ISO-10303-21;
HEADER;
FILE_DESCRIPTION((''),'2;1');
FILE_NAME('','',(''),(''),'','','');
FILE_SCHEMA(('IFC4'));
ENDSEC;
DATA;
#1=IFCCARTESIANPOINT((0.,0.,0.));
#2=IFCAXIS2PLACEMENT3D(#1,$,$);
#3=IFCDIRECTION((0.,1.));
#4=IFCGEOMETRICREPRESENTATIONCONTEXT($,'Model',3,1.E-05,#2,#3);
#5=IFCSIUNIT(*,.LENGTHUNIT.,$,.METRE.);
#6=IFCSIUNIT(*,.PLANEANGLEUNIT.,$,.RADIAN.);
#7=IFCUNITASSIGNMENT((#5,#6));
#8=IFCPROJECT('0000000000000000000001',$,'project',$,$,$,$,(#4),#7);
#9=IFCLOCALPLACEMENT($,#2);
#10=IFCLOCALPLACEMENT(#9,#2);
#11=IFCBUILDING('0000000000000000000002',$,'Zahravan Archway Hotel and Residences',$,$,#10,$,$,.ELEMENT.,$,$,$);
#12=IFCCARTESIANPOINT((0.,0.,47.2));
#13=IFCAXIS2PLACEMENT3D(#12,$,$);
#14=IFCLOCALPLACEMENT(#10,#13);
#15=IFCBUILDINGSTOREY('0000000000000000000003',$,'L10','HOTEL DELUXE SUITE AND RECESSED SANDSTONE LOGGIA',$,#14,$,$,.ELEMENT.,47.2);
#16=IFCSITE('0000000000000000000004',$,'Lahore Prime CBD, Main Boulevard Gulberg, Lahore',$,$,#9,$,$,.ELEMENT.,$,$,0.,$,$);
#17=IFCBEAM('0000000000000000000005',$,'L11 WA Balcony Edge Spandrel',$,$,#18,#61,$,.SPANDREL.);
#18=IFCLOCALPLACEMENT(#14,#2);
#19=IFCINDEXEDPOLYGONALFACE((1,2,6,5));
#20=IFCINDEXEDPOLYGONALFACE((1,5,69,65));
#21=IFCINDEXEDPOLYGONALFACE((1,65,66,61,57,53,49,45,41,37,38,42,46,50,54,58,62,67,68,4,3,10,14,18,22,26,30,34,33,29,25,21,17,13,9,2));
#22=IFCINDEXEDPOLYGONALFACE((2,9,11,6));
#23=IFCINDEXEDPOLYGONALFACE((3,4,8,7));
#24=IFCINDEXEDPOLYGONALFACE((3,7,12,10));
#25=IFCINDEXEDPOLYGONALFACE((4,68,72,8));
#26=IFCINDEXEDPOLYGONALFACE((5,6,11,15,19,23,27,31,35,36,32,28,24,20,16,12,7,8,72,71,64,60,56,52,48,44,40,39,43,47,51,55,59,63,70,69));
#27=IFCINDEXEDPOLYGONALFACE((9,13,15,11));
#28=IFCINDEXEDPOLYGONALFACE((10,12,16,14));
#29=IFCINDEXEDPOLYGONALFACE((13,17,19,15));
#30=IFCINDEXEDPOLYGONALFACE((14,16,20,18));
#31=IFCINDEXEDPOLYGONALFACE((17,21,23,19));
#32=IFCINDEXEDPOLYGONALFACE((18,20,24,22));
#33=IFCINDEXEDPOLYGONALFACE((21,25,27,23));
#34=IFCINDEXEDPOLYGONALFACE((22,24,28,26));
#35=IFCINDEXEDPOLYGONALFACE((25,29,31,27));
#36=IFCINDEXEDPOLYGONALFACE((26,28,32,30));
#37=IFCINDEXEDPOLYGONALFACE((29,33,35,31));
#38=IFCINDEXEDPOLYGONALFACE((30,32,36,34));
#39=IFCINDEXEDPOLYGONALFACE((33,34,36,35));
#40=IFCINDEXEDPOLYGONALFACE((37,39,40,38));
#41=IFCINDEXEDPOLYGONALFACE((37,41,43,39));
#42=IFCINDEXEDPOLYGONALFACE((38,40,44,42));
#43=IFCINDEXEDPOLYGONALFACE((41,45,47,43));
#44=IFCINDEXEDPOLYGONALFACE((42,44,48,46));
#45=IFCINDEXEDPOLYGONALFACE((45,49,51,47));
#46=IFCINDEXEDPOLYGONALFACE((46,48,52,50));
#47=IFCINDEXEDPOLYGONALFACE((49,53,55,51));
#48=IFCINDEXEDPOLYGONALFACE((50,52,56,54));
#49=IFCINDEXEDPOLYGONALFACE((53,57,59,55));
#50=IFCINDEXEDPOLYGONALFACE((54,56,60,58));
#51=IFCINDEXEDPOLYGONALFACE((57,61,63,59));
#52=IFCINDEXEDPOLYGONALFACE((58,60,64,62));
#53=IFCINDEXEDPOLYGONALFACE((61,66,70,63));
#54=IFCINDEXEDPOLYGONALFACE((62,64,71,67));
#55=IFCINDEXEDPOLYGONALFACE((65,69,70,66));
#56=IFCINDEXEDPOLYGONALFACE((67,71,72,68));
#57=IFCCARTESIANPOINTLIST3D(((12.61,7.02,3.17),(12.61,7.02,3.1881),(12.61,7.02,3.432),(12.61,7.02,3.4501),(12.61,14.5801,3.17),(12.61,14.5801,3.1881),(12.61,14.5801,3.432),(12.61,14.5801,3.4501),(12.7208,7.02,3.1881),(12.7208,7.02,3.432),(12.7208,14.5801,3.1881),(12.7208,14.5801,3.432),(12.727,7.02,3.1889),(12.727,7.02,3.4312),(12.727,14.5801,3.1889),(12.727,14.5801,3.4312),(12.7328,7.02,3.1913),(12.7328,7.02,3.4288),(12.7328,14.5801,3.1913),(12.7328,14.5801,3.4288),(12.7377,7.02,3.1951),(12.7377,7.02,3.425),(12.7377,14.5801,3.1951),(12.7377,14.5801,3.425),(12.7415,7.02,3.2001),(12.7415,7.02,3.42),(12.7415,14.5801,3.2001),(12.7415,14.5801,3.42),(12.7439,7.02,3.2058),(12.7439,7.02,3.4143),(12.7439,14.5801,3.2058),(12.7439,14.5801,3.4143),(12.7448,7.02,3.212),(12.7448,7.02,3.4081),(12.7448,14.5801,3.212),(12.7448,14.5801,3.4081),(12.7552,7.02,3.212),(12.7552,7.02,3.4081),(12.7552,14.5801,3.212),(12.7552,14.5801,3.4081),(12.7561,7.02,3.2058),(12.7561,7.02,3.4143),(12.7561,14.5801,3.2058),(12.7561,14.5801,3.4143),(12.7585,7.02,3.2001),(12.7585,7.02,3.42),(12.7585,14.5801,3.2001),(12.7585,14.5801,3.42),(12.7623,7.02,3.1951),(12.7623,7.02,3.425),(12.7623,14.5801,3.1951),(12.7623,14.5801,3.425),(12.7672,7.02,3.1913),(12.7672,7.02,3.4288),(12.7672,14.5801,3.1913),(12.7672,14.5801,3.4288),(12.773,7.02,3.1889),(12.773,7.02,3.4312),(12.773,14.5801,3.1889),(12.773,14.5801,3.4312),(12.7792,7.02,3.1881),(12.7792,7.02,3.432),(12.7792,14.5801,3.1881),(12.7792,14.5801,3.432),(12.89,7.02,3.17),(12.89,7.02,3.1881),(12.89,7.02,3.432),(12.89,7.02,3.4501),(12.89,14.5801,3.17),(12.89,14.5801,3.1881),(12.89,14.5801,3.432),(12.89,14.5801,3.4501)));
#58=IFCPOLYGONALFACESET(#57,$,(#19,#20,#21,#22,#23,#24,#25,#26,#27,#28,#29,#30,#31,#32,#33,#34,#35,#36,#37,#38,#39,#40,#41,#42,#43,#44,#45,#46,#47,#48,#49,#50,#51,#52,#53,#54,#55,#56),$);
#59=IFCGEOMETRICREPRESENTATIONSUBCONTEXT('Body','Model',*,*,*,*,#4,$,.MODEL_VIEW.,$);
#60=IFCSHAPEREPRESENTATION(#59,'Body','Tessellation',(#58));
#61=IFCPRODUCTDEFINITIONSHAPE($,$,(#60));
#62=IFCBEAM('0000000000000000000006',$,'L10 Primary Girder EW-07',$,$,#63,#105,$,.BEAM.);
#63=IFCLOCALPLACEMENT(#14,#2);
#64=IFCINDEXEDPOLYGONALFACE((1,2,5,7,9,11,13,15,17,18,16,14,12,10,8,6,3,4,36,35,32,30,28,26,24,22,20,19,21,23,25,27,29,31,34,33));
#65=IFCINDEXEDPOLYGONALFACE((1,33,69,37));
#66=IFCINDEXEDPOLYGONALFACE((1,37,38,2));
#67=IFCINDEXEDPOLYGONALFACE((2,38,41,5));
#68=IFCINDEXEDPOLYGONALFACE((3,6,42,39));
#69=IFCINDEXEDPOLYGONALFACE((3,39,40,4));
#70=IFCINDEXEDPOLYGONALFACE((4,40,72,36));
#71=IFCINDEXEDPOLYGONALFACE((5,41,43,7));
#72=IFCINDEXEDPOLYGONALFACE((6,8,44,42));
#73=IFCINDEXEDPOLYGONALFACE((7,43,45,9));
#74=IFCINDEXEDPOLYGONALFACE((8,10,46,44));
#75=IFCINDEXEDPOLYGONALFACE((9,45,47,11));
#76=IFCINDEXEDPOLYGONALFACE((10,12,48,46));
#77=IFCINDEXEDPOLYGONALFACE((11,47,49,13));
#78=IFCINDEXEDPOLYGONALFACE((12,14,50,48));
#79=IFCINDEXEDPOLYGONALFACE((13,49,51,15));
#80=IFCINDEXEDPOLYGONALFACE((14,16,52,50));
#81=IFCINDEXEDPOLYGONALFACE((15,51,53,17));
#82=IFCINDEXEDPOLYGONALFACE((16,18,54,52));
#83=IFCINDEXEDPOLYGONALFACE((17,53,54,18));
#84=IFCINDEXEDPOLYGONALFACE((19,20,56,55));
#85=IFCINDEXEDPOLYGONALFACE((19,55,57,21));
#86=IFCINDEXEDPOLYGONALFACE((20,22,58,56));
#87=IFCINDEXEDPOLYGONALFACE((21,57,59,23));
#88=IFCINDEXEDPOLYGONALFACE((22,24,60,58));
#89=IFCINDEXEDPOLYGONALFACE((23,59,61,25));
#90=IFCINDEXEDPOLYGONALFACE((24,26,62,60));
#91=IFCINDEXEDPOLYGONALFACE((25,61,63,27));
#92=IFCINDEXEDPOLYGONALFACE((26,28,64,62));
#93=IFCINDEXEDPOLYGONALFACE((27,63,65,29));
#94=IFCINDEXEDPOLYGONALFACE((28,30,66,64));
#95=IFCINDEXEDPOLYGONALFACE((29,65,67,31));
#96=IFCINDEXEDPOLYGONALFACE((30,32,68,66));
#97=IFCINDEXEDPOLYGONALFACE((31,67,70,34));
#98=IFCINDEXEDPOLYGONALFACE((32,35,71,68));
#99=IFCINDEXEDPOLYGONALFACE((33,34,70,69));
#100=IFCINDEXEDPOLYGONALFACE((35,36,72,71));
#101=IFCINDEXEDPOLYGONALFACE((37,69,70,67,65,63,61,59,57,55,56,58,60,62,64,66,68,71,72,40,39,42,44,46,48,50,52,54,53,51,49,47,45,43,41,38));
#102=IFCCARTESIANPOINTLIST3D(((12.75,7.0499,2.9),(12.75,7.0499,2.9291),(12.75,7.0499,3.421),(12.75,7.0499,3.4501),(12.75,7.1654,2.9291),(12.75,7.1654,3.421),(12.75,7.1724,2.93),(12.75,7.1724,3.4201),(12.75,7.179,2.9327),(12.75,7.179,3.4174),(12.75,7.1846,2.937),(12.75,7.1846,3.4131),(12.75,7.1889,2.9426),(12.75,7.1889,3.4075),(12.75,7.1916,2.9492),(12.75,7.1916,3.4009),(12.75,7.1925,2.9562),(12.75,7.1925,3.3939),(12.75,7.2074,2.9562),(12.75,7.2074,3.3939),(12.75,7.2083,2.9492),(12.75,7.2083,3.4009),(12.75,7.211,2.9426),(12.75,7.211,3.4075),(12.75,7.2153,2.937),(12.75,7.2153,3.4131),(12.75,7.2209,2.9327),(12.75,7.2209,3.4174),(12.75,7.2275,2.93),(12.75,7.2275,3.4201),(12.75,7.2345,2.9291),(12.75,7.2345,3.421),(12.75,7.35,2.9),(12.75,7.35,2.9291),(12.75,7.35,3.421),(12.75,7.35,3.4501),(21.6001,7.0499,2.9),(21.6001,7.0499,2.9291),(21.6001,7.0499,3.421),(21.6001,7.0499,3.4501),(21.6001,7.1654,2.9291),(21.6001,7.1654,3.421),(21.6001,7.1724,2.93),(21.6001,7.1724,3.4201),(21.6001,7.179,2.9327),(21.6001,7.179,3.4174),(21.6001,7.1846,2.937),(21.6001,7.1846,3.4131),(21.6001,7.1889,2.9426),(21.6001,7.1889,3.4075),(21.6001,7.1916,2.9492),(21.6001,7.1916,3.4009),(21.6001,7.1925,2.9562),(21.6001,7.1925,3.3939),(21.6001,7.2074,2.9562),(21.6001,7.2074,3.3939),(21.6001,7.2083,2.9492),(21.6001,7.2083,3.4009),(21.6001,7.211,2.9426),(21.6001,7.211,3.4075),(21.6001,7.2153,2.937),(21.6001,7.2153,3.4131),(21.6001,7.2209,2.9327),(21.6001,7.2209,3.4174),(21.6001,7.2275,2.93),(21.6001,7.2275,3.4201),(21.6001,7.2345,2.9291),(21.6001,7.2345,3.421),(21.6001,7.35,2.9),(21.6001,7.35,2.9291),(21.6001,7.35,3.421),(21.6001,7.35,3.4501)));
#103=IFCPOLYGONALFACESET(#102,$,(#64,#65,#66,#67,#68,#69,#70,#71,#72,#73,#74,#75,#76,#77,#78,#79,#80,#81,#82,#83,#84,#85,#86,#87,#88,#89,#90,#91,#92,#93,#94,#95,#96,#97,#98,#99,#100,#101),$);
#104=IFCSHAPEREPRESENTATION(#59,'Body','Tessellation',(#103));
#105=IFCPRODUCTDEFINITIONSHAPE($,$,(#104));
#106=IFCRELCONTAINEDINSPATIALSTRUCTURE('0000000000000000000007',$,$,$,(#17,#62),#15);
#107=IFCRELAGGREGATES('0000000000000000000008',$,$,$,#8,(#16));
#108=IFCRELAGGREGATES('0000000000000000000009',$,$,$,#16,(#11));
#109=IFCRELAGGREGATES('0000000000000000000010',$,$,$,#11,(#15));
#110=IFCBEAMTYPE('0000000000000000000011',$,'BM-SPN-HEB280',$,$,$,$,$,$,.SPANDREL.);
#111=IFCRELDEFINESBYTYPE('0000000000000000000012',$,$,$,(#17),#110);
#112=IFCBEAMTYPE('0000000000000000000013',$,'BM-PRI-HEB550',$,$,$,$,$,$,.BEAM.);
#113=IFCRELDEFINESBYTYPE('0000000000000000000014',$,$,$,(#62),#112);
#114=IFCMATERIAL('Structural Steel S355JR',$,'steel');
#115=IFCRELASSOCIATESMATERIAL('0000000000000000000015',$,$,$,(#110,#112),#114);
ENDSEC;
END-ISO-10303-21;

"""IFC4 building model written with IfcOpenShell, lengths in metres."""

from ifc_helpers import new_model, si_unit, direction, frame, origin, origin_2d, place, context, subcontext, project, spatial, i_section, extrude, source, transform, mapped, material, material_profile, profile_set, type_object, type_shapes, element, save


model = new_model("IFC4")

# Units and contexts
model_context = context("Model", 3, precision=1e-05, world=origin(), true_north=direction((0.0, 1.0)))
body_context = subcontext(model_context, "Body", "Model", "MODEL_VIEW")
ifc_project = project(units=[si_unit("LENGTHUNIT", "METRE"), si_unit("PLANEANGLEUNIT", "RADIAN")], contexts=[model_context])

# Site, building, storey
site_placement = place(None, origin())
site = spatial("IfcSite", under=ifc_project, at=site_placement, Name="Lahore Prime CBD, Main Boulevard Gulberg, Lahore", CompositionType="ELEMENT", RefElevation=0.0)
building_placement = place(site_placement, origin())
building = spatial("IfcBuilding", under=site, at=building_placement, Name="Zahravan Archway Hotel and Residences", CompositionType="ELEMENT")
storey_placement = place(building_placement, frame((0.0, 0.0, 47.2)))
storey = spatial("IfcBuildingStorey", under=building, at=storey_placement, Name="L10", Description="HOTEL DELUXE SUITE AND RECESSED SANDSTONE LOGGIA", CompositionType="ELEMENT", Elevation=47.2)

# Beams
ifc_material_1 = material(Name="Structural Steel S355JR", Category="steel")
ifc_material_profile_1 = material_profile(ifc_material_1, i_section(OverallWidth=0.28, OverallDepth=0.28, WebThickness=0.0105, FlangeThickness=0.0181, FilletRadius=0.0239, at=origin_2d()), Name="HEB 280", Category="steel")
ifc_profile_set_1 = profile_set([ifc_material_profile_1], Name="Structural Steel S355JR")
beam_type_1 = type_object("IfcBeamType", Name="BM-SPN-HEB280", PredefinedType="SPANDREL", material=ifc_profile_set_1)
shared_shape_1 = source(origin(), body_context, "Body", "SweptSolid", [
    extrude(i_section(OverallWidth=0.28, OverallDepth=0.28, WebThickness=0.0105, FlangeThickness=0.0181, FilletRadius=0.0239, at=origin_2d()), origin(), (0.0, 0.0, 1.0), 7.5601),
])
type_shapes(beam_type_1, [shared_shape_1])
beam_1_placement = place(storey_placement, frame((12.75, 7.02, 3.3101), z_axis=(0.0, 1.0, 0.0), x_axis=(-1.0, 0.0, 0.0)))
element("IfcBeam", 1, at=beam_1_placement, inside=storey, type_object=beam_type_1, Name="L11 WA Balcony Edge Spandrel", PredefinedType="SPANDREL", context=body_context, shape_type="MappedRepresentation", body=[
    mapped(shared_shape_1, transform((0.0, 0.0, 0.0), scale=1.0)),
])
ifc_material_profile_2 = material_profile(ifc_material_1, i_section(OverallWidth=0.3, OverallDepth=0.55, WebThickness=0.0149, FlangeThickness=0.0291, FilletRadius=0.0271, at=origin_2d()), Name="HEB 550", Category="steel")
ifc_profile_set_2 = profile_set([ifc_material_profile_2], Name="Structural Steel S355JR")
beam_type_2 = type_object("IfcBeamType", Name="BM-PRI-HEB550", PredefinedType="BEAM", material=ifc_profile_set_2)
shared_shape_2 = source(origin(), body_context, "Body", "SweptSolid", [
    extrude(i_section(OverallWidth=0.3, OverallDepth=0.55, WebThickness=0.0149, FlangeThickness=0.0291, FilletRadius=0.0271, at=origin_2d()), origin(), (0.0, 0.0, 1.0), 8.8501),
])
beam_2_placement = place(storey_placement, frame((12.75, 7.2, 3.175), z_axis=(1.0, 0.0, 0.0), x_axis=(0.0, 1.0, 0.0)))
element("IfcBeam", 2, at=beam_2_placement, inside=storey, type_object=beam_type_2, Name="L10 Primary Girder EW-07", PredefinedType="BEAM", context=body_context, shape_type="MappedRepresentation", body=[
    mapped(shared_shape_2, transform((0.0, 0.0, 0.0), scale=1.0)),
])

save(model, "model.ifc")
